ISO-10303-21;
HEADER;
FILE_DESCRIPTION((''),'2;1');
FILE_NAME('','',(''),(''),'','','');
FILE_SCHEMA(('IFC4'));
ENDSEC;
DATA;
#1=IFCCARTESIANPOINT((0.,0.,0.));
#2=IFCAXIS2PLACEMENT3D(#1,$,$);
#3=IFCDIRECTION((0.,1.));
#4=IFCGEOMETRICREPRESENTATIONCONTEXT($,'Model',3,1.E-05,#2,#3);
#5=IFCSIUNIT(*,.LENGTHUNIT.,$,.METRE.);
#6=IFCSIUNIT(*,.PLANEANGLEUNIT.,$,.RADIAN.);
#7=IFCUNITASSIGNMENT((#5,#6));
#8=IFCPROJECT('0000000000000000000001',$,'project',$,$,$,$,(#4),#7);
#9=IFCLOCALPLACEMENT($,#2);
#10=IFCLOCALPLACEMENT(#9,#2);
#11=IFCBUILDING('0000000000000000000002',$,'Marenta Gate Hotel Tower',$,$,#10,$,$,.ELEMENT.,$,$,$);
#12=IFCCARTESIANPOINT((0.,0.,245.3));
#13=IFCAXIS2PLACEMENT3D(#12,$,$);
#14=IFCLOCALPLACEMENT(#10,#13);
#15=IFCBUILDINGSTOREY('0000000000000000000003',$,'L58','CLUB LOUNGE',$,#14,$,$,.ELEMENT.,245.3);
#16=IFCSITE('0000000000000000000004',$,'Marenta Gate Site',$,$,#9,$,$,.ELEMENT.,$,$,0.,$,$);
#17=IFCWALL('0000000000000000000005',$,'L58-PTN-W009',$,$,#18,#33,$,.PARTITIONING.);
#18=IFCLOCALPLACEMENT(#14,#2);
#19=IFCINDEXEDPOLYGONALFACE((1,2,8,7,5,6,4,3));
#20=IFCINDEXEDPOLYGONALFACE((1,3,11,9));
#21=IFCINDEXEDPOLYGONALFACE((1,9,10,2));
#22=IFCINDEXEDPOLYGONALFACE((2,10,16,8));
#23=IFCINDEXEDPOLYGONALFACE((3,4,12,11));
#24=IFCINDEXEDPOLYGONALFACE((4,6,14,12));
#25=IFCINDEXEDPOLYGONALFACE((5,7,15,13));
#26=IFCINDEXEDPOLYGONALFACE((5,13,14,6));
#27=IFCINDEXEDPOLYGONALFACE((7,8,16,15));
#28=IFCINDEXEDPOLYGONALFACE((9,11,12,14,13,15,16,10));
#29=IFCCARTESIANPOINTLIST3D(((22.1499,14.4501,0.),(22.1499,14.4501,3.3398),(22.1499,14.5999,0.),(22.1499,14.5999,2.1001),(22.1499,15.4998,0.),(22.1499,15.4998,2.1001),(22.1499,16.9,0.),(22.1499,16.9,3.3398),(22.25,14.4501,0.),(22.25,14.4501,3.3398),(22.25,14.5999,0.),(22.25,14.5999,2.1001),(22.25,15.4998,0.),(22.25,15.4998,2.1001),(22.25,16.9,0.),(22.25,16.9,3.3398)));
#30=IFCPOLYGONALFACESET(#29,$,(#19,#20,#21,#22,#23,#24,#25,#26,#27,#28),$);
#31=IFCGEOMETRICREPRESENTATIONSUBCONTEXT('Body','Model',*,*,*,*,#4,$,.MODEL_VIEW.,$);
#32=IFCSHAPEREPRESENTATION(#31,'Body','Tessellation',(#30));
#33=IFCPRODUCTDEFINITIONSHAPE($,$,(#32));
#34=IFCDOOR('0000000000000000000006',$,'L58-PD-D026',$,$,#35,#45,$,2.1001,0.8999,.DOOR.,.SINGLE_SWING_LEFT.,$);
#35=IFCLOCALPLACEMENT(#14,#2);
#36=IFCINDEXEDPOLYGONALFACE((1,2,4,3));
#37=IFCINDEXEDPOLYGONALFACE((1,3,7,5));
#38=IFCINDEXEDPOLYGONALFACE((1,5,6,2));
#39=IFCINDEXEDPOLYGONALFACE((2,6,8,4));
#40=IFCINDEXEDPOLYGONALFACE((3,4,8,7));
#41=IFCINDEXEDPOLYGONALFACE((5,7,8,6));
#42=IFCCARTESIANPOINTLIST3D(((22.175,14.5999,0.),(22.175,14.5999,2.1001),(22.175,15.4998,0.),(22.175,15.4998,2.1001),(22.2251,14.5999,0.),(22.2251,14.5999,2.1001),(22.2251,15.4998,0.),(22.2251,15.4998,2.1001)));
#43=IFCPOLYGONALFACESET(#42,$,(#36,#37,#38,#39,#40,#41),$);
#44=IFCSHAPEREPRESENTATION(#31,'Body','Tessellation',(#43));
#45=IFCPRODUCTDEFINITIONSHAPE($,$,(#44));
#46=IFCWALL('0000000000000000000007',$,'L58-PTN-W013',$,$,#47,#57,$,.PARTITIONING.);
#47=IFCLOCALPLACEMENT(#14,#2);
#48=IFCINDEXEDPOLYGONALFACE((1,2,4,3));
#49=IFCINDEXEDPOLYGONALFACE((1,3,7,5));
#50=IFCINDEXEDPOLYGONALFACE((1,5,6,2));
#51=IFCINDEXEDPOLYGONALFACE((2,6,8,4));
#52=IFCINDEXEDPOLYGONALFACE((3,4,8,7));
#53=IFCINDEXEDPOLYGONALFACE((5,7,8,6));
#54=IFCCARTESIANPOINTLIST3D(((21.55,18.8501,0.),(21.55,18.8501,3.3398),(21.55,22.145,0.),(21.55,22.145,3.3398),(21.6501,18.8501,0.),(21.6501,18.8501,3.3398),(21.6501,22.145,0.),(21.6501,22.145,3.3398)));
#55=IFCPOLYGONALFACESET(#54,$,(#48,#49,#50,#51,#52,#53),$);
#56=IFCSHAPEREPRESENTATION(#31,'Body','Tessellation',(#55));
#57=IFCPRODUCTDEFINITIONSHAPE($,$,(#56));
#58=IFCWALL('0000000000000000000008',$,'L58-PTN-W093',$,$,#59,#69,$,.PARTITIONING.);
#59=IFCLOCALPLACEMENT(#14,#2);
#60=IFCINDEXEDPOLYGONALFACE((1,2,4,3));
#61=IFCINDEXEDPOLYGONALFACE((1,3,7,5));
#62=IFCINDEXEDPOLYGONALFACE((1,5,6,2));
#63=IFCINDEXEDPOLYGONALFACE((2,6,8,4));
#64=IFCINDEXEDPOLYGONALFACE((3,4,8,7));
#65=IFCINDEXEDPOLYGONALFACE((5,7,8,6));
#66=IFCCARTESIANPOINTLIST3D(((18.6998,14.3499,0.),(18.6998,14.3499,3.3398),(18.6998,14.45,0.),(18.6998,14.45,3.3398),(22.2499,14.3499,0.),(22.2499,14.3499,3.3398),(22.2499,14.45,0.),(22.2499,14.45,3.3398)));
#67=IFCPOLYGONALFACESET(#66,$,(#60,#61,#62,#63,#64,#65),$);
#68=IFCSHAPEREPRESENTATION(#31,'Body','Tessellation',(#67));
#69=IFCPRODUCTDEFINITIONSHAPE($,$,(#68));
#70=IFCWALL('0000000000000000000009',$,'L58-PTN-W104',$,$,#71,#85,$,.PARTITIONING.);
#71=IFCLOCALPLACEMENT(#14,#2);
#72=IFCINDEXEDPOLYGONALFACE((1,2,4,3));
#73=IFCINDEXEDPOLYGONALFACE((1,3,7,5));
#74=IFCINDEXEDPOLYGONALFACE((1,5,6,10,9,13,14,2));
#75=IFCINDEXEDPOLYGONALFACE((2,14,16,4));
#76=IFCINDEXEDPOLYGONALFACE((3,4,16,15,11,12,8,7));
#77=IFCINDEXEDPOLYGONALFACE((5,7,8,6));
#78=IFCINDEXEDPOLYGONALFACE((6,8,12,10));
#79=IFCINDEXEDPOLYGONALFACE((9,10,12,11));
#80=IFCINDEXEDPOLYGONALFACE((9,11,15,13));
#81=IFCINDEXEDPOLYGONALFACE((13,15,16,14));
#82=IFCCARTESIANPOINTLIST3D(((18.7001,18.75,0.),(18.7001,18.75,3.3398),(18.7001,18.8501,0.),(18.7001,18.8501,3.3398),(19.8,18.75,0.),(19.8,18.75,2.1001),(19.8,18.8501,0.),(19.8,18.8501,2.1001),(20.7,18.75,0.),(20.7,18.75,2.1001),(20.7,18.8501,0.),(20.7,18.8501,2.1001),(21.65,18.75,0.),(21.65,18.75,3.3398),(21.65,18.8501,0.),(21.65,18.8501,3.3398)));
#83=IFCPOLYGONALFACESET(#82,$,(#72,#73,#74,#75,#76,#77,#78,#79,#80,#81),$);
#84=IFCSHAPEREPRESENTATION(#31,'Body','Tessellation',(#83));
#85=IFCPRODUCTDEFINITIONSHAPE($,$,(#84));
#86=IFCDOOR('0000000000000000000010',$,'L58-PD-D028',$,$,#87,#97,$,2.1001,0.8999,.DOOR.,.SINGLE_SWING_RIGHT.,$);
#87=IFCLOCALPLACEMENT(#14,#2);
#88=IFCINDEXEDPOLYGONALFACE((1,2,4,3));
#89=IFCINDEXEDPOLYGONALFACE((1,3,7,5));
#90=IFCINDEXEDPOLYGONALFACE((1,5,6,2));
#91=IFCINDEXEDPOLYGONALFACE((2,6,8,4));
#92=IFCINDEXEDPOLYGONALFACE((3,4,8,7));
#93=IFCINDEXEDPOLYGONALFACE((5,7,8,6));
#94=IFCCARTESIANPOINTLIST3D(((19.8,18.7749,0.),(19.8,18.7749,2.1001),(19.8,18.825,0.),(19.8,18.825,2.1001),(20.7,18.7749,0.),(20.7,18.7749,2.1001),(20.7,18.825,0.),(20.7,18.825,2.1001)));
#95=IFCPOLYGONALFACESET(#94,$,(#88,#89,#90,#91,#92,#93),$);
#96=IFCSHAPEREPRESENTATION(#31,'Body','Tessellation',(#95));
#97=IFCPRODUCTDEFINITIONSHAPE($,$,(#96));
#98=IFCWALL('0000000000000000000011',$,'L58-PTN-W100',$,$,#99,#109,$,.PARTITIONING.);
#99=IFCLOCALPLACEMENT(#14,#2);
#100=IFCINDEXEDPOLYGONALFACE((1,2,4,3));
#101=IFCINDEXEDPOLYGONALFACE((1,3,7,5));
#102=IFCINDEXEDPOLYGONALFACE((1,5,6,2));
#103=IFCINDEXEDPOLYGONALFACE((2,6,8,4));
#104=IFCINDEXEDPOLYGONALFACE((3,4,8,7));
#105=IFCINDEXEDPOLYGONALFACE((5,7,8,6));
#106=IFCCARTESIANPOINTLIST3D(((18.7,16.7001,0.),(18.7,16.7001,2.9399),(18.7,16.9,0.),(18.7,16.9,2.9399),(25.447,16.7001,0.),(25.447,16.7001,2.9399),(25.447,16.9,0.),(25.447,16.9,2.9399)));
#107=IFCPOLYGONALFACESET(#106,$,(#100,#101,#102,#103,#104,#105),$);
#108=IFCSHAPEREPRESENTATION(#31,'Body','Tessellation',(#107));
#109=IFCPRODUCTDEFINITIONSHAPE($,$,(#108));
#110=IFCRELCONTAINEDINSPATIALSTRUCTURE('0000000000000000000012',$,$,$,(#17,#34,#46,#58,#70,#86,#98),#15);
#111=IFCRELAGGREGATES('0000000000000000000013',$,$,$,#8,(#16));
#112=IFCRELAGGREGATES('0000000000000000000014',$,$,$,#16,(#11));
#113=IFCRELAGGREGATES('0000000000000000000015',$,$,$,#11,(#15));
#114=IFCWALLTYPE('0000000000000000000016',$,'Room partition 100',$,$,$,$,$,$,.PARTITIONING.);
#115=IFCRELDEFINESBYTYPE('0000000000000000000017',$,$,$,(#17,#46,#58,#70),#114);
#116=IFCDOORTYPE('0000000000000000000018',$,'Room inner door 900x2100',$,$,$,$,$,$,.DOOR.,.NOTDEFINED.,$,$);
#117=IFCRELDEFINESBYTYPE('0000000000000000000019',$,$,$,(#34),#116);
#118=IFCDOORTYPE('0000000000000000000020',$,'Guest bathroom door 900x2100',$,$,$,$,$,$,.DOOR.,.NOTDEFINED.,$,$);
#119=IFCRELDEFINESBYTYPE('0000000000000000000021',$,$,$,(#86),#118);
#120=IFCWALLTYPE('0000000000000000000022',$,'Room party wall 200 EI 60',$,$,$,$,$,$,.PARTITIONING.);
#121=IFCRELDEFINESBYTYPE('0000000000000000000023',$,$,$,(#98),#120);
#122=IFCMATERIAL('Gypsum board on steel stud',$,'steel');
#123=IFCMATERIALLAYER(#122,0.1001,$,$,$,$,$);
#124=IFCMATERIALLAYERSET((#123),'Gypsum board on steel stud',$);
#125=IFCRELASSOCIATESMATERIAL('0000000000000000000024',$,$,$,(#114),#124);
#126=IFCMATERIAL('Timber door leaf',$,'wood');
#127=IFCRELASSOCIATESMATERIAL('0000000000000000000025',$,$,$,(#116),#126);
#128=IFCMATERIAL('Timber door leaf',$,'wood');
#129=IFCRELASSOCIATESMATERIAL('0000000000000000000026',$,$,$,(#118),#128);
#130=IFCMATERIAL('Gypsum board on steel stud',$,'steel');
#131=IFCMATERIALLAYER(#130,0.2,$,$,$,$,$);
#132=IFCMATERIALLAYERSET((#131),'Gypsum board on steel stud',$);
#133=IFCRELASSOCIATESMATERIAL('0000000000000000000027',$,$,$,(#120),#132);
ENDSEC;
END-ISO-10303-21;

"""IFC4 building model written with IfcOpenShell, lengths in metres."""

from ifc_helpers import new_model, si_unit, direction, frame, frame_2d, origin, place, context, subcontext, project, spatial, rectangle, extrude, material, layer, layer_set, type_object, element, fill, save


model = new_model("IFC4")

# Units and contexts
model_context = context("Model", 3, precision=1e-05, world=origin(), true_north=direction((0.0, 1.0)))
body_context = subcontext(model_context, "Body", "Model", "MODEL_VIEW")
ifc_project = project(units=[si_unit("LENGTHUNIT", "METRE"), si_unit("PLANEANGLEUNIT", "RADIAN")], contexts=[model_context])

# Site, building, storey
site_placement = place(None, origin())
site = spatial("IfcSite", under=ifc_project, at=site_placement, Name="Marenta Gate Site", CompositionType="ELEMENT", RefElevation=0.0)
building_placement = place(site_placement, origin())
building = spatial("IfcBuilding", under=site, at=building_placement, Name="Marenta Gate Hotel Tower", CompositionType="ELEMENT")
storey_placement = place(building_placement, frame((0.0, 0.0, 245.3)))
storey = spatial("IfcBuildingStorey", under=building, at=storey_placement, Name="L58", Description="CLUB LOUNGE", CompositionType="ELEMENT", Elevation=245.3)

# Wall, opening, door
ifc_material_1 = material(Name="Gypsum board on steel stud", Category="steel")
ifc_layer_1 = layer(ifc_material_1, 0.1001)
ifc_layer_set_1 = layer_set([ifc_layer_1], Name="Gypsum board on steel stud")
wall_type_1 = type_object("IfcWallType", Name="Room partition 100", PredefinedType="PARTITIONING", material=ifc_layer_set_1)
wall_1_placement = place(storey_placement, frame((22.2, 14.45, 0.0), z_axis=(0.0, 0.0, 1.0), x_axis=(0.0, 1.0, 0.0)))
wall_1 = element("IfcWall", 1, at=wall_1_placement, inside=storey, type_object=wall_type_1, Name="L58-PTN-W009", PredefinedType="PARTITIONING", context=body_context, shape_type="SweptSolid", body=[
    extrude(rectangle(XDim=2.45, YDim=0.1001, at=frame_2d((1.2251, 0.0))), origin(), (0.0, 0.0, 1.0), 3.3398),
])
opening_1_placement = place(wall_1_placement, frame((0.1499, 0.0, 0.0)))
opening_1 = element("IfcOpeningElement", 2, at=opening_1_placement, cuts=wall_1, PredefinedType="OPENING", context=body_context, shape_type="SweptSolid", body=[
    extrude(rectangle(XDim=0.8999, YDim=2.1001, at=frame_2d((0.45, 1.05))), frame((0.0, 0.05, 0.0), z_axis=(0.0, -1.0, 0.0), x_axis=(1.0, 0.0, 0.0)), (0.0, 0.0, 1.0), 0.1001),
])
ifc_material_2 = material(Name="Timber door leaf", Category="wood")
door_type_1 = type_object("IfcDoorType", Name="Room inner door 900x2100", OperationType="NOTDEFINED", PredefinedType="DOOR", material=ifc_material_2)
door_1_placement = place(opening_1_placement, origin())
door_1 = element("IfcDoor", 3, at=door_1_placement, inside=storey, type_object=door_type_1, Name="L58-PD-D026", OperationType="SINGLE_SWING_LEFT", OverallHeight=2.1001, OverallWidth=0.8999, PredefinedType="DOOR", context=body_context, shape_type="SweptSolid", body=[
    extrude(rectangle(XDim=0.8999, YDim=2.1001, at=frame_2d((0.45, 1.05))), frame((0.0, 0.0249, 0.0), z_axis=(0.0, -1.0, 0.0), x_axis=(1.0, 0.0, 0.0)), (0.0, 0.0, 1.0), 0.05),
])
fill(opening_1, door_1)

# Walls
wall_2_placement = place(storey_placement, frame((21.6001, 18.8501, 0.0), z_axis=(0.0, 0.0, 1.0), x_axis=(0.0, 1.0, 0.0)))
element("IfcWall", 4, at=wall_2_placement, inside=storey, type_object=wall_type_1, Name="L58-PTN-W013", PredefinedType="PARTITIONING", context=body_context, shape_type="SweptSolid", body=[
    extrude(rectangle(XDim=3.2949, YDim=0.1001, at=frame_2d((1.6475, 0.0))), origin(), (0.0, 0.0, 1.0), 3.3398),
])
wall_3_placement = place(storey_placement, frame((18.7, 14.3999, 0.0), z_axis=(0.0, 0.0, 1.0), x_axis=(1.0, 0.0, 0.0)))
element("IfcWall", 5, at=wall_3_placement, inside=storey, type_object=wall_type_1, Name="L58-PTN-W093", PredefinedType="PARTITIONING", context=body_context, shape_type="SweptSolid", body=[
    extrude(rectangle(XDim=3.55, YDim=0.1001, at=frame_2d((1.7749, 0.0))), origin(), (0.0, 0.0, 1.0), 3.3398),
])

# Wall, opening, door
wall_4_placement = place(storey_placement, frame((18.7, 18.8, 0.0), z_axis=(0.0, 0.0, 1.0), x_axis=(1.0, 0.0, 0.0)))
wall_4 = element("IfcWall", 6, at=wall_4_placement, inside=storey, type_object=wall_type_1, Name="L58-PTN-W104", PredefinedType="PARTITIONING", context=body_context, shape_type="SweptSolid", body=[
    extrude(rectangle(XDim=2.95, YDim=0.1001, at=frame_2d((1.4751, 0.0))), origin(), (0.0, 0.0, 1.0), 3.3398),
])
opening_2_placement = place(wall_4_placement, frame((1.1001, 0.0, 0.0)))
opening_2 = element("IfcOpeningElement", 7, at=opening_2_placement, cuts=wall_4, PredefinedType="OPENING", context=body_context, shape_type="SweptSolid", body=[
    extrude(rectangle(XDim=0.8999, YDim=2.1001, at=frame_2d((0.45, 1.05))), frame((0.0, 0.05, 0.0), z_axis=(0.0, -1.0, 0.0), x_axis=(1.0, 0.0, 0.0)), (0.0, 0.0, 1.0), 0.1001),
])
ifc_material_3 = material(Name="Timber door leaf", Category="wood")
door_type_2 = type_object("IfcDoorType", Name="Guest bathroom door 900x2100", OperationType="NOTDEFINED", PredefinedType="DOOR", material=ifc_material_3)
door_2_placement = place(opening_2_placement, origin())
door_2 = element("IfcDoor", 8, at=door_2_placement, inside=storey, type_object=door_type_2, Name="L58-PD-D028", OperationType="SINGLE_SWING_RIGHT", OverallHeight=2.1001, OverallWidth=0.8999, PredefinedType="DOOR", context=body_context, shape_type="SweptSolid", body=[
    extrude(rectangle(XDim=0.8999, YDim=2.1001, at=frame_2d((0.45, 1.05))), frame((0.0, 0.0249, 0.0), z_axis=(0.0, -1.0, 0.0), x_axis=(1.0, 0.0, 0.0)), (0.0, 0.0, 1.0), 0.05),
])
fill(opening_2, door_2)

# Wall
ifc_material_4 = material(Name="Gypsum board on steel stud", Category="steel")
ifc_layer_2 = layer(ifc_material_4, 0.2)
ifc_layer_set_2 = layer_set([ifc_layer_2], Name="Gypsum board on steel stud")
wall_type_2 = type_object("IfcWallType", Name="Room party wall 200 EI 60", PredefinedType="PARTITIONING", material=ifc_layer_set_2)
wall_5_placement = place(storey_placement, frame((18.7, 16.8, 0.0), z_axis=(0.0, 0.0, 1.0), x_axis=(1.0, 0.0, 0.0)))
element("IfcWall", 9, at=wall_5_placement, inside=storey, type_object=wall_type_2, Name="L58-PTN-W100", PredefinedType="PARTITIONING", context=body_context, shape_type="SweptSolid", body=[
    extrude(rectangle(XDim=6.7471, YDim=0.2, at=frame_2d((3.3735, 0.0))), origin(), (0.0, 0.0, 1.0), 2.9399),
])

save(model, "model.ifc")
